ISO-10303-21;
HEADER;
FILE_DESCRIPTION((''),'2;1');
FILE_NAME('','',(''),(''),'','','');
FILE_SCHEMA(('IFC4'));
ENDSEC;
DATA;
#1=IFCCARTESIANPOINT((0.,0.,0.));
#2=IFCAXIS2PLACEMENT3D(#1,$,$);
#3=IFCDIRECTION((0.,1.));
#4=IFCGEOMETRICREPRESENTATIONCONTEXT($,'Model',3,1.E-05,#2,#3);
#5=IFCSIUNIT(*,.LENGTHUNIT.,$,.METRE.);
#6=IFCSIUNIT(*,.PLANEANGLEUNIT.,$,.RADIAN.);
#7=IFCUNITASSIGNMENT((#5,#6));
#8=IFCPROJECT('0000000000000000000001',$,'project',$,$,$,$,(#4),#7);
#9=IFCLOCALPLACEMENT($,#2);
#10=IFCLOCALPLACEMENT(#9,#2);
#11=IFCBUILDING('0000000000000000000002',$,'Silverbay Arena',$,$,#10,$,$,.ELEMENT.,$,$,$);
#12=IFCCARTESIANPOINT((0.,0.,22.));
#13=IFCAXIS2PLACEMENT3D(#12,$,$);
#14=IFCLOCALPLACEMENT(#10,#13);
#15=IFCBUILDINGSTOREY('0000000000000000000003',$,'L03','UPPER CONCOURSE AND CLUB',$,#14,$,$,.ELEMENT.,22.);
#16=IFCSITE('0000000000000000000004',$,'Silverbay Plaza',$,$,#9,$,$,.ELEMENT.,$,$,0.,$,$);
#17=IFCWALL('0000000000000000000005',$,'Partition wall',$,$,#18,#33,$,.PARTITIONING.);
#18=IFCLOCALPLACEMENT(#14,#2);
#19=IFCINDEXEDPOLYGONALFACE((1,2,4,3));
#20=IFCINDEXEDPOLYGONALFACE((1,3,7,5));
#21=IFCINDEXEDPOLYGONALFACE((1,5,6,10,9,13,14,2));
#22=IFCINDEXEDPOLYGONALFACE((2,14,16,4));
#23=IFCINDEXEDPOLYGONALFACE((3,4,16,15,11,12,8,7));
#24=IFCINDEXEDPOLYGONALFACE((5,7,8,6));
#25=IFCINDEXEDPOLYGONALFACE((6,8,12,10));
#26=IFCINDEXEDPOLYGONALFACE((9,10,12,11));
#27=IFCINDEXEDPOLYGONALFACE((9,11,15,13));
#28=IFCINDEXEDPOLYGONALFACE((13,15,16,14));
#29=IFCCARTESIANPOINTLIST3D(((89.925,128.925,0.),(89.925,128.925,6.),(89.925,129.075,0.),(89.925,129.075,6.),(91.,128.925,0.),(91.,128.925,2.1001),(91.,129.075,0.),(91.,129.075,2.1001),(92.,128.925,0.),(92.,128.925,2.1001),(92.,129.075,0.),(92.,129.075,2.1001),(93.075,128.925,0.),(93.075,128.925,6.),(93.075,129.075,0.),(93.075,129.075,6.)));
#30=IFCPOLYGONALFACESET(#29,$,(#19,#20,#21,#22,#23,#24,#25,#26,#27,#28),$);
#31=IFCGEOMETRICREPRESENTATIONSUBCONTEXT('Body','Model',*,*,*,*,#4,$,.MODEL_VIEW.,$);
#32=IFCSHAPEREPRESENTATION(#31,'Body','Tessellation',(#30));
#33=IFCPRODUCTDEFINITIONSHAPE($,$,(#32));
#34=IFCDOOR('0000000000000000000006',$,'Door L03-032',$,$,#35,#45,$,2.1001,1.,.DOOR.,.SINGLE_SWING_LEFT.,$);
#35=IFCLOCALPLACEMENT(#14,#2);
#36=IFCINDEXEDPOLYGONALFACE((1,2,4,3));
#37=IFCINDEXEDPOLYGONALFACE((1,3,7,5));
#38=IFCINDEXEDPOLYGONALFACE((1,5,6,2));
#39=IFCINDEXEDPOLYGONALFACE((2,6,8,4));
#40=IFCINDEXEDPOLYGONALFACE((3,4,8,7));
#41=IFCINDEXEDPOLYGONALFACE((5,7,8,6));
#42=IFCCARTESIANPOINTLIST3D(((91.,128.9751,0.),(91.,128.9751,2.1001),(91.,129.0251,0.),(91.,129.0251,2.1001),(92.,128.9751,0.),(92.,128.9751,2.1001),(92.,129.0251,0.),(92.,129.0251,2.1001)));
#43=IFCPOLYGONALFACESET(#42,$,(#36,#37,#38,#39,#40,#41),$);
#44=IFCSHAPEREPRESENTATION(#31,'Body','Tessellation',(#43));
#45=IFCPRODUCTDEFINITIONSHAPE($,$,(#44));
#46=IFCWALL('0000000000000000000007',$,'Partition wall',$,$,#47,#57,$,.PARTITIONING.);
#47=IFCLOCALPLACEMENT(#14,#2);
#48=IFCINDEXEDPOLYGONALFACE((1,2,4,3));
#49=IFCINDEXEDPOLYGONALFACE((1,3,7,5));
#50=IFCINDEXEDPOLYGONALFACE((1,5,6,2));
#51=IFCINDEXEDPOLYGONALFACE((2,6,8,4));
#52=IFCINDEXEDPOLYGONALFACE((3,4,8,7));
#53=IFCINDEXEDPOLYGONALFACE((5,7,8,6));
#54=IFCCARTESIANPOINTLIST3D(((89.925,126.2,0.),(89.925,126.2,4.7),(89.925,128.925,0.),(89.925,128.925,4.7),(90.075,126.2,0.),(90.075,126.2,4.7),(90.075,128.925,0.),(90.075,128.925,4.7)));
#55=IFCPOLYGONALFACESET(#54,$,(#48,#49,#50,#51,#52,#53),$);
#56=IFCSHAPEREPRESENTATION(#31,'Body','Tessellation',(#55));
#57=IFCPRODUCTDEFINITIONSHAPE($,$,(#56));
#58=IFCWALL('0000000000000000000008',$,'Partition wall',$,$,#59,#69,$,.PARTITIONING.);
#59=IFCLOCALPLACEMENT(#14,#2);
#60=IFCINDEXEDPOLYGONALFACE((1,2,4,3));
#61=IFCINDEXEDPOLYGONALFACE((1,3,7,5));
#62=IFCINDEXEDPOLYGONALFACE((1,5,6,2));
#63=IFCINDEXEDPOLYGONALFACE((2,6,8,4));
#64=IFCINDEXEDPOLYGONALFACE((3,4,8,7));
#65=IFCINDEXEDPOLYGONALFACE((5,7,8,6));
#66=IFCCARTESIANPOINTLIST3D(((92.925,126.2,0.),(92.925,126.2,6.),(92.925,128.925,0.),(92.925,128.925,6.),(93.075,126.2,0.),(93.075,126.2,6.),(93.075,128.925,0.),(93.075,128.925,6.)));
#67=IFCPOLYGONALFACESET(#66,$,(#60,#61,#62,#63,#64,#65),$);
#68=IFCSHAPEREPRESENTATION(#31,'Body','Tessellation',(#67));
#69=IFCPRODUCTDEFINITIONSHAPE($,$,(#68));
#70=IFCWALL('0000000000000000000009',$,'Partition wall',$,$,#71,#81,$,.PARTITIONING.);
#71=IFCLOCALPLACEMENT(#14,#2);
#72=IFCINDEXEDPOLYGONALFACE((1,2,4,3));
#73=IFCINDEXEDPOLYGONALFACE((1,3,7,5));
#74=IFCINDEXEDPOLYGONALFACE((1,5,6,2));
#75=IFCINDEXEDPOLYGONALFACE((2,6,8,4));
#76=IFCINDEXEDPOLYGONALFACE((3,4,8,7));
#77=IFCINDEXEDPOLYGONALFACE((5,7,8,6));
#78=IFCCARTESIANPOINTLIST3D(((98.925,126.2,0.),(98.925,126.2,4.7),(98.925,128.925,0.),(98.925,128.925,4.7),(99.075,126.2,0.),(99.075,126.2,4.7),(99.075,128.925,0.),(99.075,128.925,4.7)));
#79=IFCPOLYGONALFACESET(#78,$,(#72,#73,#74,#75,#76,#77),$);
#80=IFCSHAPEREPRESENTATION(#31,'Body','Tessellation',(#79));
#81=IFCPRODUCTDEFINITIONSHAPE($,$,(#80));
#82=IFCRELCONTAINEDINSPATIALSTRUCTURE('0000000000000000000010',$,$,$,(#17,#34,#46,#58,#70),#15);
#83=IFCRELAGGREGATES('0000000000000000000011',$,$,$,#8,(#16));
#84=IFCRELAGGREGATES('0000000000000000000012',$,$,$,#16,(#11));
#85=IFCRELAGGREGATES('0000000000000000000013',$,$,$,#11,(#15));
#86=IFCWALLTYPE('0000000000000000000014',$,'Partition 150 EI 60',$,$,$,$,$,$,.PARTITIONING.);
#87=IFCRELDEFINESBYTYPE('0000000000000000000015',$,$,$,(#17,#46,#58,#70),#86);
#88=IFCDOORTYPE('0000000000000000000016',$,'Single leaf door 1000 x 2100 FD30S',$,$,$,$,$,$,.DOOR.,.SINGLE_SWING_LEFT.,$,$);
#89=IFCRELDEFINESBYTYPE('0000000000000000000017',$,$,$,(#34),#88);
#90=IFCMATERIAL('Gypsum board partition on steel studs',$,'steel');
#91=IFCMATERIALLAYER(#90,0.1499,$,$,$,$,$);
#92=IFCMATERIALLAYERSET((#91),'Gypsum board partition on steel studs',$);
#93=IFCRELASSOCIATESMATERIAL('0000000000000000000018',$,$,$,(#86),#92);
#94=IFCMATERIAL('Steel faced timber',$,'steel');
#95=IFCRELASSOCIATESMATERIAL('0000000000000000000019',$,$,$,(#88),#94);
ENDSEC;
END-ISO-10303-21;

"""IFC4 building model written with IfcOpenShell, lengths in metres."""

from ifc_helpers import new_model, si_unit, direction, frame, frame_2d, origin, place, context, subcontext, project, spatial, rectangle, extrude, material, layer, layer_set, type_object, element, fill, save


model = new_model("IFC4")

# Units and contexts
model_context = context("Model", 3, precision=1e-05, world=origin(), true_north=direction((0.0, 1.0)))
body_context = subcontext(model_context, "Body", "Model", "MODEL_VIEW")
ifc_project = project(units=[si_unit("LENGTHUNIT", "METRE"), si_unit("PLANEANGLEUNIT", "RADIAN")], contexts=[model_context])

# Site, building, storey
site_placement = place(None, origin())
site = spatial("IfcSite", under=ifc_project, at=site_placement, Name="Silverbay Plaza", CompositionType="ELEMENT", RefElevation=0.0)
building_placement = place(site_placement, origin())
building = spatial("IfcBuilding", under=site, at=building_placement, Name="Silverbay Arena", CompositionType="ELEMENT")
storey_placement = place(building_placement, frame((0.0, 0.0, 22.0)))
storey = spatial("IfcBuildingStorey", under=building, at=storey_placement, Name="L03", Description="UPPER CONCOURSE AND CLUB", CompositionType="ELEMENT", Elevation=22.0)

# Wall, opening, door
ifc_material_1 = material(Name="Gypsum board partition on steel studs", Category="steel")
ifc_layer_1 = layer(ifc_material_1, 0.1499)
ifc_layer_set_1 = layer_set([ifc_layer_1], Name="Gypsum board partition on steel studs")
wall_type_1 = type_object("IfcWallType", Name="Partition 150 EI 60", PredefinedType="PARTITIONING", material=ifc_layer_set_1)
wall_1_placement = place(storey_placement, frame((89.925, 129.0, 0.0), z_axis=(0.0, 0.0, 1.0), x_axis=(1.0, 0.0, 0.0)))
wall_1 = element("IfcWall", 1, at=wall_1_placement, inside=storey, type_object=wall_type_1, Name="Partition wall", PredefinedType="PARTITIONING", context=body_context, shape_type="SweptSolid", body=[
    extrude(rectangle(XDim=3.1499, YDim=0.1499, at=frame_2d((1.575, 0.0))), origin(), (0.0, 0.0, 1.0), 6.0),
])
opening_1_placement = place(wall_1_placement, frame((1.075, 0.0, 0.0)))
opening_1 = element("IfcOpeningElement", 2, at=opening_1_placement, cuts=wall_1, PredefinedType="OPENING", context=body_context, shape_type="SweptSolid", body=[
    extrude(rectangle(XDim=1.0, YDim=2.1001, at=frame_2d((0.5, 1.05))), frame((0.0, 0.085, 0.0), z_axis=(0.0, -1.0, 0.0), x_axis=(1.0, 0.0, 0.0)), (0.0, 0.0, 1.0), 0.1699),
])
ifc_material_2 = material(Name="Steel faced timber", Category="steel")
door_type_1 = type_object("IfcDoorType", Name="Single leaf door 1000 x 2100 FD30S", OperationType="SINGLE_SWING_LEFT", PredefinedType="DOOR", material=ifc_material_2)
door_1_placement = place(opening_1_placement, frame((1.0, 0.0, 0.0), z_axis=(0.0, 0.0, 1.0), x_axis=(-1.0, 0.0, 0.0)))
door_1 = element("IfcDoor", 3, at=door_1_placement, inside=storey, type_object=door_type_1, Name="Door L03-032", OperationType="SINGLE_SWING_LEFT", OverallHeight=2.1001, OverallWidth=1.0, PredefinedType="DOOR", context=body_context, shape_type="SweptSolid", body=[
    extrude(rectangle(XDim=1.0, YDim=2.1001, at=frame_2d((0.5, 1.05))), frame((0.0, 0.0249, 0.0), z_axis=(0.0, -1.0, 0.0), x_axis=(1.0, 0.0, 0.0)), (0.0, 0.0, 1.0), 0.05),
])
fill(opening_1, door_1)

# Walls
wall_2_placement = place(storey_placement, frame((90.0, 126.2, 0.0), z_axis=(0.0, 0.0, 1.0), x_axis=(0.0, 1.0, 0.0)))
element("IfcWall", 4, at=wall_2_placement, inside=storey, type_object=wall_type_1, Name="Partition wall", PredefinedType="PARTITIONING", context=body_context, shape_type="SweptSolid", body=[
    extrude(rectangle(XDim=2.7251, YDim=0.1499, at=frame_2d((1.3625, 0.0))), origin(), (0.0, 0.0, 1.0), 4.7),
])
wall_3_placement = place(storey_placement, frame((93.0, 126.2, 0.0), z_axis=(0.0, 0.0, 1.0), x_axis=(0.0, 1.0, 0.0)))
element("IfcWall", 5, at=wall_3_placement, inside=storey, type_object=wall_type_1, Name="Partition wall", PredefinedType="PARTITIONING", context=body_context, shape_type="SweptSolid", body=[
    extrude(rectangle(XDim=2.7251, YDim=0.1499, at=frame_2d((1.3625, 0.0))), origin(), (0.0, 0.0, 1.0), 6.0),
])
wall_4_placement = place(storey_placement, frame((99.0, 126.2, 0.0), z_axis=(0.0, 0.0, 1.0), x_axis=(0.0, 1.0, 0.0)))
element("IfcWall", 6, at=wall_4_placement, inside=storey, type_object=wall_type_1, Name="Partition wall", PredefinedType="PARTITIONING", context=body_context, shape_type="SweptSolid", body=[
    extrude(rectangle(XDim=2.7251, YDim=0.1499, at=frame_2d((1.3625, 0.0))), origin(), (0.0, 0.0, 1.0), 4.7),
])

save(model, "model.ifc")
